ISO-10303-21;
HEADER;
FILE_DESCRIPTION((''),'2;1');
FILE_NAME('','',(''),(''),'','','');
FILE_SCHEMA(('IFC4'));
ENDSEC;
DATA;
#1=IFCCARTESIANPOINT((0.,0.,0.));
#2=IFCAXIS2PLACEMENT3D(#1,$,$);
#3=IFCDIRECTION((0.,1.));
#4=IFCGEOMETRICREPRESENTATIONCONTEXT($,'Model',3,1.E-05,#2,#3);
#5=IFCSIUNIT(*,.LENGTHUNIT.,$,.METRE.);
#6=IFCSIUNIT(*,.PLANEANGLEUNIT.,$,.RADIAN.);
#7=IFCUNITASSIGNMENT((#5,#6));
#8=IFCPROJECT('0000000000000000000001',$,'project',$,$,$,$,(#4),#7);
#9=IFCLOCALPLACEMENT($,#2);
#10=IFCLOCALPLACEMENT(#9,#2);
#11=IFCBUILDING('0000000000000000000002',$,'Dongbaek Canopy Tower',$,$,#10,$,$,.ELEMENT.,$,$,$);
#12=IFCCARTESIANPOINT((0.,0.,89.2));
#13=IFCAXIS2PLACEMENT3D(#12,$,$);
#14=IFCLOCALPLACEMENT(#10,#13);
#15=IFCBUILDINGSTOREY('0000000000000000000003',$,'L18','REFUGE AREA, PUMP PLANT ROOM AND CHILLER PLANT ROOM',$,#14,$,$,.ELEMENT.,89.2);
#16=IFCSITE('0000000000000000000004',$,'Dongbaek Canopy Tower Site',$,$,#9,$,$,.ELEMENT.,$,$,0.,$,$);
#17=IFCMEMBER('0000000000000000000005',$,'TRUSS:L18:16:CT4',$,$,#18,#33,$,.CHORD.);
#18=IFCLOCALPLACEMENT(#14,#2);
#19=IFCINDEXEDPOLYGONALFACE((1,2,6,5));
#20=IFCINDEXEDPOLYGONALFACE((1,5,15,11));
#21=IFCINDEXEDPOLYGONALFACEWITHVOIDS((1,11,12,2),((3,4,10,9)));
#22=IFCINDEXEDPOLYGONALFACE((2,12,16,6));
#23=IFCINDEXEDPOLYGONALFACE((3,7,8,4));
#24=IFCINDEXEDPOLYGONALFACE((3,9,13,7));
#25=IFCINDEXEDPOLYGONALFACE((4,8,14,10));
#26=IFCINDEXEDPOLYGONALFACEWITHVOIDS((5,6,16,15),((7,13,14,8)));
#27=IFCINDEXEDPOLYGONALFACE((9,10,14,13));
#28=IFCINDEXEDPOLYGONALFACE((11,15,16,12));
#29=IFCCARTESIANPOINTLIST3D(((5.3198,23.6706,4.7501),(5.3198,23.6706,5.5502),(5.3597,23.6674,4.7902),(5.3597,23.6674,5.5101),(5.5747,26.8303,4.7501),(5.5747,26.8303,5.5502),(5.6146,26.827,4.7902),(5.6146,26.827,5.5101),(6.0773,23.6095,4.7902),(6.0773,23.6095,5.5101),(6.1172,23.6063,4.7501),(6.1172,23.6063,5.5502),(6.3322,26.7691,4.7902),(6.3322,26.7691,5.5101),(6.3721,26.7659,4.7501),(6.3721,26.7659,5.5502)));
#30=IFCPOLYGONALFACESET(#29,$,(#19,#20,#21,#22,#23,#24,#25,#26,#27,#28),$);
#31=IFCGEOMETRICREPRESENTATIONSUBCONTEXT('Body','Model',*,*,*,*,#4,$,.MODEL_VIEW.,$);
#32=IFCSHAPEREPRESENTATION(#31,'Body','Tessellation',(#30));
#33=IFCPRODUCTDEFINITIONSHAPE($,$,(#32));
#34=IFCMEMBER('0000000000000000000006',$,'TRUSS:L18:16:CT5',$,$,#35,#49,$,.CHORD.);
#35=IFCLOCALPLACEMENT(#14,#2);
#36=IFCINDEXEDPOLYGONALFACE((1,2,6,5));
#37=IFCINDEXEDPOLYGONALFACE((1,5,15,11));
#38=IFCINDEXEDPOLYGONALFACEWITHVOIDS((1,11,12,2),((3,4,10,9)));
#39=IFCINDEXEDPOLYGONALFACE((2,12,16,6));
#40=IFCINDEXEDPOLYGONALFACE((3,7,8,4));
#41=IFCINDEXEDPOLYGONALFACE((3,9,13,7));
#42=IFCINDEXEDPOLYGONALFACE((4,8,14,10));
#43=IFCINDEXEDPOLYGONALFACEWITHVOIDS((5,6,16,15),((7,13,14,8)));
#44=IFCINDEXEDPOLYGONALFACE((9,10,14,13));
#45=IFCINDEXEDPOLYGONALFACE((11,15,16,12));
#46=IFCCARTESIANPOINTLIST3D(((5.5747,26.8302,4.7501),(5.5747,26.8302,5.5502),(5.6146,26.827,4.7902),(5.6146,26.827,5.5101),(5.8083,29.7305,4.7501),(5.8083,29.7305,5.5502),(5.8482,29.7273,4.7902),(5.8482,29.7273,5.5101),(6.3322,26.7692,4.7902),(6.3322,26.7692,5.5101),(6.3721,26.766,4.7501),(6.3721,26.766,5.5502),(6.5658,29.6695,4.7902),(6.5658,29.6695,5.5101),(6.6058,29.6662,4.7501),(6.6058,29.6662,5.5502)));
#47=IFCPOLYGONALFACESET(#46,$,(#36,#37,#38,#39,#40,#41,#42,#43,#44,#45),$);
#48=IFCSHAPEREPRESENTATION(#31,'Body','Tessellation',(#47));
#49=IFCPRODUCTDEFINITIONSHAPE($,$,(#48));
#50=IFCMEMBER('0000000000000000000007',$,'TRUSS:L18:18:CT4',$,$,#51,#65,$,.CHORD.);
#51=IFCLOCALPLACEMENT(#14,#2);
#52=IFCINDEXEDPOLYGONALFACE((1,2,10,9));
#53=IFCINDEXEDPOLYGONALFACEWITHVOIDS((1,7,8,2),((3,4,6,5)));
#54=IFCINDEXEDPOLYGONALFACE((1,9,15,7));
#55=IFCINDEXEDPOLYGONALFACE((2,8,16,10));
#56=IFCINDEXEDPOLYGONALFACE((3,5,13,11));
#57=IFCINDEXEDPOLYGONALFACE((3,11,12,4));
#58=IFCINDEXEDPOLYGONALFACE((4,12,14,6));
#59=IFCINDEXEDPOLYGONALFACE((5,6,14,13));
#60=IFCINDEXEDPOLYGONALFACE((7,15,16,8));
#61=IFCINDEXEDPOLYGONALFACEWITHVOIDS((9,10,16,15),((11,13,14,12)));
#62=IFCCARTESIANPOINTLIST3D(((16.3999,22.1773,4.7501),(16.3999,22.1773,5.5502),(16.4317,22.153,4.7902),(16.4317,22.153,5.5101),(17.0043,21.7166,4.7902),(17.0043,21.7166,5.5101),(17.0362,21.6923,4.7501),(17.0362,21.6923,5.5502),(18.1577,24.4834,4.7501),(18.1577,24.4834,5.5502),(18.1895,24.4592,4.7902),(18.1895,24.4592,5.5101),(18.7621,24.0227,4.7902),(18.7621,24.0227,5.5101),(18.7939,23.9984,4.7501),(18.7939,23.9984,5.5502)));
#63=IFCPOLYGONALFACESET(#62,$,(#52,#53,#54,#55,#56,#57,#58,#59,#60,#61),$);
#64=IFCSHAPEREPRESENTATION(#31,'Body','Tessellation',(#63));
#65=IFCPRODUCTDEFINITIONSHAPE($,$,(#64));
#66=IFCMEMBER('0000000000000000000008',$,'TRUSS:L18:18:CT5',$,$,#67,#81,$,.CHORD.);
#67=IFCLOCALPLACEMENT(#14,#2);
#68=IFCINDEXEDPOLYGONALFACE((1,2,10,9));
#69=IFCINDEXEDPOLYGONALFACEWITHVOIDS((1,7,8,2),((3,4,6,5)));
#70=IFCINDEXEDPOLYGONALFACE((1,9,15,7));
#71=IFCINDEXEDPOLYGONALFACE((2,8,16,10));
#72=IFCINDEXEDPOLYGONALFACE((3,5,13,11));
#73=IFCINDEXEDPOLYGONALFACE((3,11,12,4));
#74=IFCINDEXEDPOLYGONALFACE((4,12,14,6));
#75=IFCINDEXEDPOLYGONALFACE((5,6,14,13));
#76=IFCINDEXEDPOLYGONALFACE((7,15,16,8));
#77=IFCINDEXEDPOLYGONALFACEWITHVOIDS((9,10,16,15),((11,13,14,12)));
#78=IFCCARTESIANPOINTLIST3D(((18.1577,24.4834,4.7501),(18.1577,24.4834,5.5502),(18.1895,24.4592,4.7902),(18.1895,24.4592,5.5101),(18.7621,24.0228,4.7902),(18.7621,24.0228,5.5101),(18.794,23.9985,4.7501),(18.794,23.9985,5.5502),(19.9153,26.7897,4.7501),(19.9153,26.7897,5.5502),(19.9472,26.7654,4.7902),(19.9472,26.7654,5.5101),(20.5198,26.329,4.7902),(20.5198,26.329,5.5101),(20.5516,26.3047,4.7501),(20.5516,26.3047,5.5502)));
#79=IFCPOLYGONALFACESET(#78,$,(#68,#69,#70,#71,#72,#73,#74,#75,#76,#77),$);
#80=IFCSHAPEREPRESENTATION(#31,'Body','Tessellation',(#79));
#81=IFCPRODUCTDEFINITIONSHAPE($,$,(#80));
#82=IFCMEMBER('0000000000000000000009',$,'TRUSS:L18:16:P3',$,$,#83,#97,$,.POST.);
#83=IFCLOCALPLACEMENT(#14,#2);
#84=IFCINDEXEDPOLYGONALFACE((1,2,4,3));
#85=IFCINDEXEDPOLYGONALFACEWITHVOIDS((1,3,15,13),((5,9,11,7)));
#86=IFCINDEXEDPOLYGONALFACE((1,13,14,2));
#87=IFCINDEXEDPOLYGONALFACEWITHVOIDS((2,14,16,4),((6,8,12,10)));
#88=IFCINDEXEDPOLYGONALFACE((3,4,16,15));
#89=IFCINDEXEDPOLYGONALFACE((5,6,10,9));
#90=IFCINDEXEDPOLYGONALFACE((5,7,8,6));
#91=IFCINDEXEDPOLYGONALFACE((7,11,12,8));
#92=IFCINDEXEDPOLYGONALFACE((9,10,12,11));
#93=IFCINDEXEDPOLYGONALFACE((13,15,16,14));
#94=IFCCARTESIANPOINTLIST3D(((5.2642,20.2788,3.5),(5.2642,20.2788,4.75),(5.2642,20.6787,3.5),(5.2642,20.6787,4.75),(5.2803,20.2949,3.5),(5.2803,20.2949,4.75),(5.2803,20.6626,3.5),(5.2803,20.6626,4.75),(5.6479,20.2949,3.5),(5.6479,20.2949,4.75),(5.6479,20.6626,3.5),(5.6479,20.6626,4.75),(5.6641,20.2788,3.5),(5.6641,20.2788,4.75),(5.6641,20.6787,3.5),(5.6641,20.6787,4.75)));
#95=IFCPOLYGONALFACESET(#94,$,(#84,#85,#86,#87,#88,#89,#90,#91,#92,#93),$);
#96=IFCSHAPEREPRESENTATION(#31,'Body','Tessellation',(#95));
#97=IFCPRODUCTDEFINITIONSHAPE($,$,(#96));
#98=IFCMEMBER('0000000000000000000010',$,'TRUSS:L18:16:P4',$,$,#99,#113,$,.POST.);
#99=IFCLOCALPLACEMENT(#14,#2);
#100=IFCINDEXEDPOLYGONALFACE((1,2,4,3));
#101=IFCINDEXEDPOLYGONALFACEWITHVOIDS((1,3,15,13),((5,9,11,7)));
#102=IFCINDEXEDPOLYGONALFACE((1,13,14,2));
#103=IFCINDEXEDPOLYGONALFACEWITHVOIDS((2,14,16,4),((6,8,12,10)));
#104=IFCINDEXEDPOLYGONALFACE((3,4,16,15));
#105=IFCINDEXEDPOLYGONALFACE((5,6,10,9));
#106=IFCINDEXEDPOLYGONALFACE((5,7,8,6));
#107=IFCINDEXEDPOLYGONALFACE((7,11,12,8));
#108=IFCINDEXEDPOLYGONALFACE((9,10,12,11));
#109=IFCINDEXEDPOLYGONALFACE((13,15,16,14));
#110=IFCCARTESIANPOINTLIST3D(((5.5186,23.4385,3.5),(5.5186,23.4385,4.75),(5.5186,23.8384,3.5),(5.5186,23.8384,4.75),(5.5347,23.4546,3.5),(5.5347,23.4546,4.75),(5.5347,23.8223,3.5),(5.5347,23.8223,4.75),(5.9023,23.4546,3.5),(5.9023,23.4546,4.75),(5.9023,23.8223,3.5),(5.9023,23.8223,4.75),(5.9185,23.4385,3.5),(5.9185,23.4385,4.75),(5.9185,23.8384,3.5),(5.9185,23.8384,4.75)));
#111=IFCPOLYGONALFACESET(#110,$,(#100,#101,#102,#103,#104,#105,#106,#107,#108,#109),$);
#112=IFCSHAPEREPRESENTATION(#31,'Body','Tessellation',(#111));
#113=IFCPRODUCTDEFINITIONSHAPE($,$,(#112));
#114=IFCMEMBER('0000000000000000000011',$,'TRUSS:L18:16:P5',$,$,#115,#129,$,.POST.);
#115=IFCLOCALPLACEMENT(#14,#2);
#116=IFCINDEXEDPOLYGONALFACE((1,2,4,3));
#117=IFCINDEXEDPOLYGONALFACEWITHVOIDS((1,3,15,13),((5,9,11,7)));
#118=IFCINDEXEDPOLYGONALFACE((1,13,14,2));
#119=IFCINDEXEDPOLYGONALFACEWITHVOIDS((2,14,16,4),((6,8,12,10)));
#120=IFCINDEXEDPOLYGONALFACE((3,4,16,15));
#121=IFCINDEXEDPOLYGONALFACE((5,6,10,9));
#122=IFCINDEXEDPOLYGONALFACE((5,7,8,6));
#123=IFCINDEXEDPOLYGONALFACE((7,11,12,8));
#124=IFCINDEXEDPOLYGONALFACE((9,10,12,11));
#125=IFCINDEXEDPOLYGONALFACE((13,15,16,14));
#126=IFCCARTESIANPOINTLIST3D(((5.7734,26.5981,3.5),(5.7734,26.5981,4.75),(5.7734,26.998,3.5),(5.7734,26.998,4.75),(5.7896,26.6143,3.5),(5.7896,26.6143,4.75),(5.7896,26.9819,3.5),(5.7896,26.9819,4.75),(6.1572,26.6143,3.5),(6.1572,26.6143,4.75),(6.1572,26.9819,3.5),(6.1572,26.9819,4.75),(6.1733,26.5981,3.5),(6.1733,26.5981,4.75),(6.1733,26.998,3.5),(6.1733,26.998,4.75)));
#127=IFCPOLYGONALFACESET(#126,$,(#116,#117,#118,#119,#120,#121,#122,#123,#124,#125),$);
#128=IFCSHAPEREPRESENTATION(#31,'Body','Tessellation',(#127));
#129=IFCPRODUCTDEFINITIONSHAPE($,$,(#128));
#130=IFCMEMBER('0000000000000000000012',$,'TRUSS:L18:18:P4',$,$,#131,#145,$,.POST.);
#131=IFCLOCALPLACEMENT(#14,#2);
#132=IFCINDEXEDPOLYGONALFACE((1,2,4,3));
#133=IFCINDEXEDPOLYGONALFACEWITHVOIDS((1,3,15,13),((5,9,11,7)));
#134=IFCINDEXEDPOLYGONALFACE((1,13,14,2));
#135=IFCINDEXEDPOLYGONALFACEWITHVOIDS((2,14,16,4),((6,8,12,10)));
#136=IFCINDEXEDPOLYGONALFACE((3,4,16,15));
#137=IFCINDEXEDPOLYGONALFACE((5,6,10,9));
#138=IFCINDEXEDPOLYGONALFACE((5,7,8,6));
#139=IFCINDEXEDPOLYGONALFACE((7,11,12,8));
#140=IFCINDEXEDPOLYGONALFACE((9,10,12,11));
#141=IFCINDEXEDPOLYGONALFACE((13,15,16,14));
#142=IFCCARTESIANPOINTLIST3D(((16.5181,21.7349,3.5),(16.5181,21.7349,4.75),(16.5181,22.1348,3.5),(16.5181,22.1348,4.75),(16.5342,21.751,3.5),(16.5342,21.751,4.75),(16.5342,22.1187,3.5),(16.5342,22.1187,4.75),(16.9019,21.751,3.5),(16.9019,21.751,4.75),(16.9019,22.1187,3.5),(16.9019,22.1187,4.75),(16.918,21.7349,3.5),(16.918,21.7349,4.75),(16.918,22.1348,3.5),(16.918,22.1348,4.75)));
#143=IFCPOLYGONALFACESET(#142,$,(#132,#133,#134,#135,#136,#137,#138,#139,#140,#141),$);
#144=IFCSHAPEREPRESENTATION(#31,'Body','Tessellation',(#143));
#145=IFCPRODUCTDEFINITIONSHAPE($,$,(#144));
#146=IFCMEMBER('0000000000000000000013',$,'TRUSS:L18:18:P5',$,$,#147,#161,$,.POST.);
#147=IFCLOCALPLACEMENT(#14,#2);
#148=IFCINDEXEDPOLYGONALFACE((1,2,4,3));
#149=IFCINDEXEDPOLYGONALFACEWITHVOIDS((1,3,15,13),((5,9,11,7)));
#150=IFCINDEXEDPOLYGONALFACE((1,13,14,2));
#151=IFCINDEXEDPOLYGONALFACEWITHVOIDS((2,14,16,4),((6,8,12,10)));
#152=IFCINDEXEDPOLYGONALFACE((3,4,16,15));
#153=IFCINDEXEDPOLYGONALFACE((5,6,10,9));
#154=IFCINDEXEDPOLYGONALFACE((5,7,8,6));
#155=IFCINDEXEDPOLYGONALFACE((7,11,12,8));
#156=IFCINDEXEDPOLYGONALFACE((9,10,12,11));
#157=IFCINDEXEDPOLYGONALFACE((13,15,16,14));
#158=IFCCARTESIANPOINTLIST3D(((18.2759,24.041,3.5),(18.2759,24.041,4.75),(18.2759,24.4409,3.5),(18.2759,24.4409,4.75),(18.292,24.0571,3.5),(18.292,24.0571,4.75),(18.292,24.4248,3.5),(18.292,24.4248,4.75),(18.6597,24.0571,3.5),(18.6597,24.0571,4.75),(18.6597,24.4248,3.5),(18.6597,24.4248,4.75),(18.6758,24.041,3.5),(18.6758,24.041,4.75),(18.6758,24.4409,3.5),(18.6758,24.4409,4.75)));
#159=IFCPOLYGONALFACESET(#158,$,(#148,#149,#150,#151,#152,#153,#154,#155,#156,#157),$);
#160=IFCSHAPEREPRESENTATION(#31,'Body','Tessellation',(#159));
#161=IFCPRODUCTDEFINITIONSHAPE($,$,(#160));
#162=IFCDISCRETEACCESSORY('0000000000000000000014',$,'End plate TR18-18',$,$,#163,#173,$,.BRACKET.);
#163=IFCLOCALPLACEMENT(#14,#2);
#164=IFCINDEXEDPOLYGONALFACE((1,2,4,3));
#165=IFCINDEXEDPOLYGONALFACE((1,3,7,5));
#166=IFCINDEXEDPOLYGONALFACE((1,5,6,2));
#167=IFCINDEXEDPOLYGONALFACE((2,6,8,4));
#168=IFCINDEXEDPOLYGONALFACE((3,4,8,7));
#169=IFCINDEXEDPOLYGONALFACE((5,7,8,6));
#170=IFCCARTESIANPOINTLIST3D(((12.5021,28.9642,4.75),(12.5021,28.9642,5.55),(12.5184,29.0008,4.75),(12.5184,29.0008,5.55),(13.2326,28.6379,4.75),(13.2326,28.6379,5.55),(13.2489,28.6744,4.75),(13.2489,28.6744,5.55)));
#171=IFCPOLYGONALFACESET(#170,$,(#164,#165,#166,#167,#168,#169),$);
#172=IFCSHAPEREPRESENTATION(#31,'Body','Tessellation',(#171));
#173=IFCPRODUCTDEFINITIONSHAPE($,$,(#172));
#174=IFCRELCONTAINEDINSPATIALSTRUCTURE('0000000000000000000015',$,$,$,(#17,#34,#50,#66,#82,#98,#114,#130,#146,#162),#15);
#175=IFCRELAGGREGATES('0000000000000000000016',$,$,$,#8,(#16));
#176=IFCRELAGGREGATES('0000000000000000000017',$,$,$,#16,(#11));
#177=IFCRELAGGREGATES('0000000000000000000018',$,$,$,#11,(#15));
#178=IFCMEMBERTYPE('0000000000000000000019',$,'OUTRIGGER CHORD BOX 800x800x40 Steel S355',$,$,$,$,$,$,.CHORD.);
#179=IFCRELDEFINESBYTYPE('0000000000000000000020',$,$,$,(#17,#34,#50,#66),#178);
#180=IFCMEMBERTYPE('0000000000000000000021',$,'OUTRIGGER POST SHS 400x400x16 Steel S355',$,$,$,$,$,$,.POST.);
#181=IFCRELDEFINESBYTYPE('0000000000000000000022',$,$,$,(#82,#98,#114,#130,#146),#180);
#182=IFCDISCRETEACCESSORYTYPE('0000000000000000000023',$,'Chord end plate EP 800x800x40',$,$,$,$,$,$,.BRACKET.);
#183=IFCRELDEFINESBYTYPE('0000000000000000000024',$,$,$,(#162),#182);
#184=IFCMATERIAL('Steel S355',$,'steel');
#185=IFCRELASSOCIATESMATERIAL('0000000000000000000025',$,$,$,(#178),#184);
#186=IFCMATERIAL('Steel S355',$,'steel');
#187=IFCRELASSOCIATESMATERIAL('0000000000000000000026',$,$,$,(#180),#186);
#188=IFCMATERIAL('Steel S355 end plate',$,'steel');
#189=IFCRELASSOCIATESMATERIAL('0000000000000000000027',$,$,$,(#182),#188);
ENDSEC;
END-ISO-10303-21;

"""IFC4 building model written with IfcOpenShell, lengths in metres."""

from ifc_helpers import new_model, si_unit, direction, frame, origin, origin_2d, place, context, subcontext, project, spatial, rectangle, hollow_rectangle, extrude, material, material_profile, profile_set, type_object, element, save


model = new_model("IFC4")

# Units and contexts
model_context = context("Model", 3, precision=1e-05, world=origin(), true_north=direction((0.0, 1.0)))
body_context = subcontext(model_context, "Body", "Model", "MODEL_VIEW")
ifc_project = project(units=[si_unit("LENGTHUNIT", "METRE"), si_unit("PLANEANGLEUNIT", "RADIAN")], contexts=[model_context])

# Site, building, storey
site_placement = place(None, origin())
site = spatial("IfcSite", under=ifc_project, at=site_placement, Name="Dongbaek Canopy Tower Site", CompositionType="ELEMENT", RefElevation=0.0)
building_placement = place(site_placement, origin())
building = spatial("IfcBuilding", under=site, at=building_placement, Name="Dongbaek Canopy Tower", CompositionType="ELEMENT")
storey_placement = place(building_placement, frame((0.0, 0.0, 89.2)))
storey = spatial("IfcBuildingStorey", under=building, at=storey_placement, Name="L18", Description="REFUGE AREA, PUMP PLANT ROOM AND CHILLER PLANT ROOM", CompositionType="ELEMENT", Elevation=89.2)

# Members
ifc_material_1 = material(Name="Steel S355", Category="steel")
ifc_material_profile_1 = material_profile(ifc_material_1, hollow_rectangle(XDim=0.8, YDim=0.8, WallThickness=0.04, at=origin_2d()), Name="OUTRIGGER CHORD BOX 800x800x40 Steel S355")
ifc_profile_set_1 = profile_set([ifc_material_profile_1], Name="Steel S355")
member_type_1 = type_object("IfcMemberType", Name="OUTRIGGER CHORD BOX 800x800x40 Steel S355", PredefinedType="CHORD", material=ifc_profile_set_1)
for number, where, z_axis, x_axis, name in (
    (1, (5.7185, 23.6384, 5.1501), (0.080406, 0.996762, 0.0), (-0.996762, 0.080406, 0.0), "TRUSS:L18:16:CT4"),
):
    element("IfcMember", number, at=place(storey_placement, frame(where, z_axis=z_axis, x_axis=x_axis)), inside=storey, type_object=member_type_1, Name=name, PredefinedType="CHORD", context=body_context, shape_type="SweptSolid", body=[
        extrude(hollow_rectangle(XDim=0.8, YDim=0.8, WallThickness=0.04, at=origin_2d()), origin(), (0.0, 0.0, 1.0), 3.1699),
    ])
member_1_placement = place(storey_placement, frame((5.9734, 26.7981, 5.1501), z_axis=(0.080295, 0.996771, 0.0), x_axis=(-0.996771, 0.080295, 0.0)))
element("IfcMember", 2, at=member_1_placement, inside=storey, type_object=member_type_1, Name="TRUSS:L18:16:CT5", PredefinedType="CHORD", context=body_context, shape_type="SweptSolid", body=[
    extrude(hollow_rectangle(XDim=0.8, YDim=0.8, WallThickness=0.04, at=origin_2d()), origin(), (0.0, 0.0, 1.0), 2.9097),
])
for number, where, z_axis, x_axis, name in (
    (3, (16.718, 21.9348, 5.1501), (0.606206, 0.795308, 0.0), (-0.795308, 0.606206, 0.0), "TRUSS:L18:18:CT4"),
    (4, (18.4758, 24.241, 5.1501), (0.606152, 0.795349, 0.0), (-0.795349, 0.606152, 0.0), "TRUSS:L18:18:CT5"),
):
    element("IfcMember", number, at=place(storey_placement, frame(where, z_axis=z_axis, x_axis=x_axis)), inside=storey, type_object=member_type_1, Name=name, PredefinedType="CHORD", context=body_context, shape_type="SweptSolid", body=[
        extrude(hollow_rectangle(XDim=0.8, YDim=0.8, WallThickness=0.04, at=origin_2d()), origin(), (0.0, 0.0, 1.0), 2.8997),
    ])
ifc_material_2 = material(Name="Steel S355", Category="steel")
ifc_material_profile_2 = material_profile(ifc_material_2, hollow_rectangle(XDim=0.3999, YDim=0.3999, WallThickness=0.0161, at=origin_2d()), Name="OUTRIGGER POST SHS 400x400x16 Steel S355")
ifc_profile_set_2 = profile_set([ifc_material_profile_2], Name="Steel S355")
member_type_2 = type_object("IfcMemberType", Name="OUTRIGGER POST SHS 400x400x16 Steel S355", PredefinedType="POST", material=ifc_profile_set_2)
for number, where, z_axis, x_axis, name in (
    (5, (5.4641, 20.4788, 3.5), (0.0, 0.0, 1.0), (1.0, 0.0, 0.0), "TRUSS:L18:16:P3"),
    (6, (5.7185, 23.6384, 3.5), (0.0, 0.0, 1.0), (1.0, 0.0, 0.0), "TRUSS:L18:16:P4"),
    (7, (5.9734, 26.7981, 3.5), (0.0, 0.0, 1.0), (1.0, 0.0, 0.0), "TRUSS:L18:16:P5"),
    (8, (16.718, 21.9348, 3.5), (0.0, 0.0, 1.0), (1.0, 0.0, 0.0), "TRUSS:L18:18:P4"),
    (9, (18.4758, 24.241, 3.5), (0.0, 0.0, 1.0), (1.0, 0.0, 0.0), "TRUSS:L18:18:P5"),
):
    element("IfcMember", number, at=place(storey_placement, frame(where, z_axis=z_axis, x_axis=x_axis)), inside=storey, type_object=member_type_2, Name=name, PredefinedType="POST", context=body_context, shape_type="SweptSolid", body=[
        extrude(hollow_rectangle(XDim=0.3999, YDim=0.3999, WallThickness=0.0161, at=origin_2d()), origin(), (0.0, 0.0, 1.0), 1.25),
    ])

# Discrete accessory
ifc_material_3 = material(Name="Steel S355 end plate", Category="steel")
discrete_accessory_type = type_object("IfcDiscreteAccessoryType", Name="Chord end plate EP 800x800x40", PredefinedType="BRACKET", material=ifc_material_3)
discrete_accessory_placement = place(storey_placement, frame((12.8755, 28.8193, 4.75), z_axis=(0.0, 0.0, 1.0), x_axis=(0.407908, 0.913023, 0.0)))
element("IfcDiscreteAccessory", 10, at=discrete_accessory_placement, inside=storey, type_object=discrete_accessory_type, Name="End plate TR18-18", PredefinedType="BRACKET", context=body_context, shape_type="SweptSolid", body=[
    extrude(rectangle(XDim=0.04, YDim=0.8, at=origin_2d()), origin(), (0.0, 0.0, 1.0), 0.8),
])

save(model, "model.ifc")
